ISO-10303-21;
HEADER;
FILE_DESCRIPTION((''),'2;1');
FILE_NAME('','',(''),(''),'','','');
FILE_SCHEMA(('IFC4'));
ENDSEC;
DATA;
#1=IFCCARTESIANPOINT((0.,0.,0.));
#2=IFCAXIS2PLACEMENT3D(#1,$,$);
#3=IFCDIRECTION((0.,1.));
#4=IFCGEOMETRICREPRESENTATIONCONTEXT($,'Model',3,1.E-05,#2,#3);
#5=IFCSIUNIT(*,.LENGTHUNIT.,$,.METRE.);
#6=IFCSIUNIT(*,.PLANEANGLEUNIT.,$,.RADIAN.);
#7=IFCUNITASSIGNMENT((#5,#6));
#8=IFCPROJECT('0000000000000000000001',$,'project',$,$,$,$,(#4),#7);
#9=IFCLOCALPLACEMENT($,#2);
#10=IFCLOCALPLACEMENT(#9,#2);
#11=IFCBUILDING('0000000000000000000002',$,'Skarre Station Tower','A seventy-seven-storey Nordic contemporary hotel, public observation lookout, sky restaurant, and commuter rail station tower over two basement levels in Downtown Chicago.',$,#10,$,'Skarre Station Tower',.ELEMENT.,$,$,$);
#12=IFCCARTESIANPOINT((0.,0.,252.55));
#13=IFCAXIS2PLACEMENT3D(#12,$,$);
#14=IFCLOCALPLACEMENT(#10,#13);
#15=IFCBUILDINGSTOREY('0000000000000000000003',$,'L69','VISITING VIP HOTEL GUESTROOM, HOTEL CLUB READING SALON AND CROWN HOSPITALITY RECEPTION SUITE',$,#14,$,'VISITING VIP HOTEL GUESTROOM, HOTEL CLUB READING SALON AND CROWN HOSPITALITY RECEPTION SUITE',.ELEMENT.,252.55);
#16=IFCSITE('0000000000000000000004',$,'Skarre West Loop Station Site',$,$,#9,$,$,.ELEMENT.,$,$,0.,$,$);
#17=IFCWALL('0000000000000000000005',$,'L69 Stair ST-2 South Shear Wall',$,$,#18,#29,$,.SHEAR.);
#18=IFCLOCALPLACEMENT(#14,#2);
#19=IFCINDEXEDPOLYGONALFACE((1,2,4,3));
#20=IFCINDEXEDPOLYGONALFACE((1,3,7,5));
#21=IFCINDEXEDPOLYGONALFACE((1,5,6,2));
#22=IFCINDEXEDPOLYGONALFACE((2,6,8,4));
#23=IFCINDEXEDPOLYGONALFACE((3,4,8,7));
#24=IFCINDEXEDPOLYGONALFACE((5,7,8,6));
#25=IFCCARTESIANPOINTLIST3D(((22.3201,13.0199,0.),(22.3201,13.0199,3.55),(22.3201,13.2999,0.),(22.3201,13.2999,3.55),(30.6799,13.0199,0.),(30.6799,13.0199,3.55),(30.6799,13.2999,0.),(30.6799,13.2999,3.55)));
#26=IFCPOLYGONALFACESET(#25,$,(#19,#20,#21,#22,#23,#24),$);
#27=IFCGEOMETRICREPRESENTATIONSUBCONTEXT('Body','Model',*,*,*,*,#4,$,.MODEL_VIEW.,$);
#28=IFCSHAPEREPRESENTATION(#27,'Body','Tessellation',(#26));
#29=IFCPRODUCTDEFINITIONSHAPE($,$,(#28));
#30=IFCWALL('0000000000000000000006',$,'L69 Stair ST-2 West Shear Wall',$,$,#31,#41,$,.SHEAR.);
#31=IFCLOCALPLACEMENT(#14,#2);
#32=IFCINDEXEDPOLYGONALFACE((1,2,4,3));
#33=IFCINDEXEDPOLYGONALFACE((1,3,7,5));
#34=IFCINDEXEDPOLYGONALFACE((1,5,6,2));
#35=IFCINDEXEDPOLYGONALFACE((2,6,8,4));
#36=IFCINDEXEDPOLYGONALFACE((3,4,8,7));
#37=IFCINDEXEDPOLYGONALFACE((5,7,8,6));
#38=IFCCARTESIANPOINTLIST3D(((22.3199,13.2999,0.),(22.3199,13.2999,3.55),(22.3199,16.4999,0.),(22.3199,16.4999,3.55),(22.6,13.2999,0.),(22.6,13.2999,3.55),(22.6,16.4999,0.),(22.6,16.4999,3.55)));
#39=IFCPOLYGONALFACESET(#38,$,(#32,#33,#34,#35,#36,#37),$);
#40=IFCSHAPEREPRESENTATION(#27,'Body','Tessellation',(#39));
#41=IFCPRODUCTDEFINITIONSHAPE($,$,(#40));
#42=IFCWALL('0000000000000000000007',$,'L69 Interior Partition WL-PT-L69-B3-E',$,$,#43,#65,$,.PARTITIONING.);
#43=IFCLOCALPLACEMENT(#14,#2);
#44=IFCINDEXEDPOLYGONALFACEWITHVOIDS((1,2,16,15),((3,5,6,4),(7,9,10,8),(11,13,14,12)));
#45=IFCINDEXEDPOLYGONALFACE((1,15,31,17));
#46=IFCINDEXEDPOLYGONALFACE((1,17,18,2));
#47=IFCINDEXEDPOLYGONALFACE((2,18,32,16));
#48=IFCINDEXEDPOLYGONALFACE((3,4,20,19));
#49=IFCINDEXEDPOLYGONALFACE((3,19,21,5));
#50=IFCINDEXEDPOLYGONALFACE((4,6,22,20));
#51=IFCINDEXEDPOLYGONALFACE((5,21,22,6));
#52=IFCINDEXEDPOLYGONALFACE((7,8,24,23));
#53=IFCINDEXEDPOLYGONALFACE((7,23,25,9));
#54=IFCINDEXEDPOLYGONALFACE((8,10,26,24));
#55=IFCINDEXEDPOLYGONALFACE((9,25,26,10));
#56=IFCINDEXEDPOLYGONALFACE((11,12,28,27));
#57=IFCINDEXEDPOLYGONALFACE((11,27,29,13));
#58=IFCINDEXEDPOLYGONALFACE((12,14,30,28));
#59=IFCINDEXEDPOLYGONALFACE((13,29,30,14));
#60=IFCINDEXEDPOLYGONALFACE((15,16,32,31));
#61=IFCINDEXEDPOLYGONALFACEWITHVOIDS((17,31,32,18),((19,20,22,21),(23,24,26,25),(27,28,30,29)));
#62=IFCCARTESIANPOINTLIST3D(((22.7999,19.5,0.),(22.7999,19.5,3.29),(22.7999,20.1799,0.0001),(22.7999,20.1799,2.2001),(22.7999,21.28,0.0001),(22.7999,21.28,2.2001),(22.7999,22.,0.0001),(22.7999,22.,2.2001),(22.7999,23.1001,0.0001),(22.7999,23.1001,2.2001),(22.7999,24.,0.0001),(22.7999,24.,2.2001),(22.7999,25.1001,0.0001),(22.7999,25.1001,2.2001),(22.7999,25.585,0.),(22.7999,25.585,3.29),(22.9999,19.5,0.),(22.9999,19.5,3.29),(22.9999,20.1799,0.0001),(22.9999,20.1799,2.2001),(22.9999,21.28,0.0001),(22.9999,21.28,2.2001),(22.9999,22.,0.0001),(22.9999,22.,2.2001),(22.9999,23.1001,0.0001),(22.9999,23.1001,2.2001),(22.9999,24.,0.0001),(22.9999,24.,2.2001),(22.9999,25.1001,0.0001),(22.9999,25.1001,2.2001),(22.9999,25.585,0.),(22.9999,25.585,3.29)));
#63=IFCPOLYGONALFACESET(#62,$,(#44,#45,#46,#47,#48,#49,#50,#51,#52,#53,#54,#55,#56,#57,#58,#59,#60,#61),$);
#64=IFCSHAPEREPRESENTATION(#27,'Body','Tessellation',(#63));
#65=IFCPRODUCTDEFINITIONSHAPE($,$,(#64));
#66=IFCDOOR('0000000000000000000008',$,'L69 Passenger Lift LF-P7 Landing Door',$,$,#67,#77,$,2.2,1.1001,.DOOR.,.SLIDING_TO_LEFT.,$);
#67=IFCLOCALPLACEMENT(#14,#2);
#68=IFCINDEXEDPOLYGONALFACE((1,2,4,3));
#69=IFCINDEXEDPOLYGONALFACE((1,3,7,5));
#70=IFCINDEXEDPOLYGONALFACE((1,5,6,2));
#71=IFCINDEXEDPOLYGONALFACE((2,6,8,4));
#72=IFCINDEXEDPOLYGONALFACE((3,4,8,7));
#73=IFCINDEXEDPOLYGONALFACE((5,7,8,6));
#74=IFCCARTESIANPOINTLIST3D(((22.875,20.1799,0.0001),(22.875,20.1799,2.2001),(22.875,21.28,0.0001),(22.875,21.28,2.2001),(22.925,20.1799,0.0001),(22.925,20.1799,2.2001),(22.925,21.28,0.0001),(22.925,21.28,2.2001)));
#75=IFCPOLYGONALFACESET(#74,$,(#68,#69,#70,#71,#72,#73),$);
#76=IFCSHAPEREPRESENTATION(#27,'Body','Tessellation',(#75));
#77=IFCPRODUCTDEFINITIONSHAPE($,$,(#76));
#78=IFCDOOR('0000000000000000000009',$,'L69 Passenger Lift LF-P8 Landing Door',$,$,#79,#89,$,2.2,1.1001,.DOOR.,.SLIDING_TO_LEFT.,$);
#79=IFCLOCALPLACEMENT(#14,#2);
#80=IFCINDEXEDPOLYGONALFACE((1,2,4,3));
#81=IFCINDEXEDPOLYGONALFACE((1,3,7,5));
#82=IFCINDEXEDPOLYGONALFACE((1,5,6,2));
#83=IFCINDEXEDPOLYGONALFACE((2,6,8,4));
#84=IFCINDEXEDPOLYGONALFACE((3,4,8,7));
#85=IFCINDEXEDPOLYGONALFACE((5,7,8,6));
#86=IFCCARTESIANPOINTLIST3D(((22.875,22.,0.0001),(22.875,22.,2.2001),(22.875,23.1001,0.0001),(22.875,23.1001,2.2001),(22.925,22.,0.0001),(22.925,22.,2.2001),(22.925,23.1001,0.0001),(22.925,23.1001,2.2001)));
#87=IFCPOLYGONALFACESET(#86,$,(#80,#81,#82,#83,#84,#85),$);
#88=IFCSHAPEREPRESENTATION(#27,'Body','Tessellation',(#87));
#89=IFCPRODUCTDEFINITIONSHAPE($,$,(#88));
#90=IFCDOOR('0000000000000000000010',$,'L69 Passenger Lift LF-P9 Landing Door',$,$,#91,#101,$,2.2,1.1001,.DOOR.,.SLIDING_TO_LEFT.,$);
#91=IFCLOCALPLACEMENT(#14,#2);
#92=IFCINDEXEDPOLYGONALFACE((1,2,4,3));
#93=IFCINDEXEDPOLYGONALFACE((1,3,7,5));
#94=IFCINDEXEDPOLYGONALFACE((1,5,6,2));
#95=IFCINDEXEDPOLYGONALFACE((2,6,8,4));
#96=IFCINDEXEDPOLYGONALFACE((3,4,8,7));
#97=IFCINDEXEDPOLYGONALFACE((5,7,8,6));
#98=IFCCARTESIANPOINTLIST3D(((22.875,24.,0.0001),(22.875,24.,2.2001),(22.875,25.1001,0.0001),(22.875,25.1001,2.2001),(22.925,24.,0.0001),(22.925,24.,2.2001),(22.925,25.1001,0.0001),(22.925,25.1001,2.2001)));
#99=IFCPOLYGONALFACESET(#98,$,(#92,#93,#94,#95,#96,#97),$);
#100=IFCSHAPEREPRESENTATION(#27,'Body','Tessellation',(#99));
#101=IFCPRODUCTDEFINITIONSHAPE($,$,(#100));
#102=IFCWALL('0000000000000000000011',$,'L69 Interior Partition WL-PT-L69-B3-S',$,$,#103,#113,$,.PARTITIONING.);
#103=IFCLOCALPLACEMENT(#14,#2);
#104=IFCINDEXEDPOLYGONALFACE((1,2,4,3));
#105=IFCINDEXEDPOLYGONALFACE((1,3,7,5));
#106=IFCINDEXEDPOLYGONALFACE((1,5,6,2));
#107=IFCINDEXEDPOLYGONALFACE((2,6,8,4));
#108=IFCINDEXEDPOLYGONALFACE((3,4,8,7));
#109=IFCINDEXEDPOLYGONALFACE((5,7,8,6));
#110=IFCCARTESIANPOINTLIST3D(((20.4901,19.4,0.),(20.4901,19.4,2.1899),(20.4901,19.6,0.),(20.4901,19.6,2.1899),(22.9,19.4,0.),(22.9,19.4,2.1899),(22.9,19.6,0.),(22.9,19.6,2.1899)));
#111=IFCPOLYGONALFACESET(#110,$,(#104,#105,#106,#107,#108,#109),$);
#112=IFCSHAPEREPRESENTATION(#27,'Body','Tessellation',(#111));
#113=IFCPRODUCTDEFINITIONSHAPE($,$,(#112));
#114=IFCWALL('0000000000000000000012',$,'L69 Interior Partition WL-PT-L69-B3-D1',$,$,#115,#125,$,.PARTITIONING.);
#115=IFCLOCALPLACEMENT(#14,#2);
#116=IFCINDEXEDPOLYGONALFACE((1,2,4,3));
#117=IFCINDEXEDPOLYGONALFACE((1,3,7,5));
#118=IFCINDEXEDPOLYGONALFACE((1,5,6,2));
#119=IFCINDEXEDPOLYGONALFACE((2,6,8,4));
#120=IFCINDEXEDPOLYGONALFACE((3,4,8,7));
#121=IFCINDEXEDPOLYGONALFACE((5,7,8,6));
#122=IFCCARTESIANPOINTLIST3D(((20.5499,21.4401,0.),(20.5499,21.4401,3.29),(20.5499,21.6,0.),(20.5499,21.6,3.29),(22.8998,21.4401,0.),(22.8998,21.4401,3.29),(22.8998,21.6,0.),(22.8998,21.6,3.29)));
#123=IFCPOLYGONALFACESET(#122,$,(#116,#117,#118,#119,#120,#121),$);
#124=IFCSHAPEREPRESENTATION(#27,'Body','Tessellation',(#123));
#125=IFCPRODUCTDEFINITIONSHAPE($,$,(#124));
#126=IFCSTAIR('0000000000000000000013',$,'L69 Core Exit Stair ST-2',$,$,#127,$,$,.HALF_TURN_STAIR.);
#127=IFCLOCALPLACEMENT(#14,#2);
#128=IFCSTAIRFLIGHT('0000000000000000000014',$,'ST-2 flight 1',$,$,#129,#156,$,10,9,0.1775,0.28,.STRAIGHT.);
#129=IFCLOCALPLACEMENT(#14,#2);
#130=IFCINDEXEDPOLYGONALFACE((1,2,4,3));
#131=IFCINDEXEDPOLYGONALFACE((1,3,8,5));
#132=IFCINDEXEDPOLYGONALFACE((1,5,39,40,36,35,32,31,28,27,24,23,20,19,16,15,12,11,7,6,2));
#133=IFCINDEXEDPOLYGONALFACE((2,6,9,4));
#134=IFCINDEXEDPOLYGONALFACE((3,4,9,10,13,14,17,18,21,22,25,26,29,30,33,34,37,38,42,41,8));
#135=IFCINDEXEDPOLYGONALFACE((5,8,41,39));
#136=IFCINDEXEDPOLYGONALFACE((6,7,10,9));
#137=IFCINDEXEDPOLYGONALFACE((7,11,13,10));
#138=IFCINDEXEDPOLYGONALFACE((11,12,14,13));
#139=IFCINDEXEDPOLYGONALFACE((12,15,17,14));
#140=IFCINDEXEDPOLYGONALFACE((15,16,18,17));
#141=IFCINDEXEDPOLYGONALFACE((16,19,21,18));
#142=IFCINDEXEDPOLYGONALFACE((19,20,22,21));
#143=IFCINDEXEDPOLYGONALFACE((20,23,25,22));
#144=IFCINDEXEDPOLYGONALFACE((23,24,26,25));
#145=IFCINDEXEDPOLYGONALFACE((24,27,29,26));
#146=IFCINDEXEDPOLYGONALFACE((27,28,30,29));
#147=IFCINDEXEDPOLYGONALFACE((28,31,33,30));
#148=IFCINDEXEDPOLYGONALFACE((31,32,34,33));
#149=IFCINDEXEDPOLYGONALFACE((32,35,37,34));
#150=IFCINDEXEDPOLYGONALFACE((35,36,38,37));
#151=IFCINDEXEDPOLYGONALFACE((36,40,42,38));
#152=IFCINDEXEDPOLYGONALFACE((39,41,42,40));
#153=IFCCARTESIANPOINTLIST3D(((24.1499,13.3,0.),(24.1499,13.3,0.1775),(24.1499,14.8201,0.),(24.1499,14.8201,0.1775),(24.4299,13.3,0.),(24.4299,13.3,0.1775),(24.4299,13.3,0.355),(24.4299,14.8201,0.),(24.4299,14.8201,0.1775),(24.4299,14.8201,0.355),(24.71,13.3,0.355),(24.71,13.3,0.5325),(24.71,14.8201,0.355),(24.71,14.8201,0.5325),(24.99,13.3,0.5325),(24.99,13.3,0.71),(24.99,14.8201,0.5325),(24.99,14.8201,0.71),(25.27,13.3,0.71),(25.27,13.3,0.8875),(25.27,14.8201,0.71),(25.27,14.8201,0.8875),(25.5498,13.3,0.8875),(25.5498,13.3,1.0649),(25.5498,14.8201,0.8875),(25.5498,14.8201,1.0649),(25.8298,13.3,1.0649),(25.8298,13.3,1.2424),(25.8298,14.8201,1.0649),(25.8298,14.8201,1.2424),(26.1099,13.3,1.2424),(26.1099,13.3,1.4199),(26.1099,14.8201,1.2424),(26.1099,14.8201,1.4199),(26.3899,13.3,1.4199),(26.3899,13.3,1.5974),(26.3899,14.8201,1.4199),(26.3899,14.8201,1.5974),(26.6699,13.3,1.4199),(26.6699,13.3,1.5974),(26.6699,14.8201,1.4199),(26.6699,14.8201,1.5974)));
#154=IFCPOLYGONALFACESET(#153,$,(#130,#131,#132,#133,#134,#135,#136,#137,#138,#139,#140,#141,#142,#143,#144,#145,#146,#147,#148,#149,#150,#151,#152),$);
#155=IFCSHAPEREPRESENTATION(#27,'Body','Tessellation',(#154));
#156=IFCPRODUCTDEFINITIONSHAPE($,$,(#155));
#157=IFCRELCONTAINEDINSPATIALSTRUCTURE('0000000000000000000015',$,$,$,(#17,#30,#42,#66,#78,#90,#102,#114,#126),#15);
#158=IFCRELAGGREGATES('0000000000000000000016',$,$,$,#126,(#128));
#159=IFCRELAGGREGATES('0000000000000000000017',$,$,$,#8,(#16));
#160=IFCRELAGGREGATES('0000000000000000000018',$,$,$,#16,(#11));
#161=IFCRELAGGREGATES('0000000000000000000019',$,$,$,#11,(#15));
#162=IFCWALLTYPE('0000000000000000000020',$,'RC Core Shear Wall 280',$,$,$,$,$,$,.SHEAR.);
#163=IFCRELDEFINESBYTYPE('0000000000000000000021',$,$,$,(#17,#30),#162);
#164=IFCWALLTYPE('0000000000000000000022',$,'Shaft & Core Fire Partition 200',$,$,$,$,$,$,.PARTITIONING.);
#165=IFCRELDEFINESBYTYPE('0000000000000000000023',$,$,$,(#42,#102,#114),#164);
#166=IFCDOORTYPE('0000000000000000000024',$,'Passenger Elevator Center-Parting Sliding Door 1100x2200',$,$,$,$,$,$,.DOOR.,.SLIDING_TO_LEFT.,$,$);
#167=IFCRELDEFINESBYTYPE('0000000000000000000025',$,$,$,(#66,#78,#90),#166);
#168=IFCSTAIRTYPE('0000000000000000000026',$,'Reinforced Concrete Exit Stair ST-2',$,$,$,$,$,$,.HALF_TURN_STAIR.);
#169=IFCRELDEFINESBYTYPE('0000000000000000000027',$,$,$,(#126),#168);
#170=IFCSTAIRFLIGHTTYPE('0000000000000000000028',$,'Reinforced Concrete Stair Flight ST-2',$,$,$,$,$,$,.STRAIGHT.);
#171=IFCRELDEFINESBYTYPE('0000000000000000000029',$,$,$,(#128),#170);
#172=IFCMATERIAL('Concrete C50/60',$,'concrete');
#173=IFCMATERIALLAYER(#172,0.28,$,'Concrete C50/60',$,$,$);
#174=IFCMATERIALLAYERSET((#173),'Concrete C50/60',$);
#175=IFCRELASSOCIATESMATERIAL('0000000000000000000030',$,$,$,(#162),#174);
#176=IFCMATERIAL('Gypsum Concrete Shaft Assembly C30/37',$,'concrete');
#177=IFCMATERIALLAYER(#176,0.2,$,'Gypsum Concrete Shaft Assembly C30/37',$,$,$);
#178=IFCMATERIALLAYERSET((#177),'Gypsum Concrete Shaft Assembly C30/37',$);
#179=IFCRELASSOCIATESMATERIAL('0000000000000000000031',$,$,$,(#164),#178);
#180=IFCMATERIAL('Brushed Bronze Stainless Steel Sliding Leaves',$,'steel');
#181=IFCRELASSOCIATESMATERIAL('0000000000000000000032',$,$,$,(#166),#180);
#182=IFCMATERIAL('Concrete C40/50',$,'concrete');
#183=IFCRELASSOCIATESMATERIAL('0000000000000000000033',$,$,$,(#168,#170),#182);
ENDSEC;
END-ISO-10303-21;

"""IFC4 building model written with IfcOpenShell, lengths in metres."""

from ifc_helpers import new_model, si_unit, direction, frame, frame_2d, origin, place, context, subcontext, project, spatial, polyline, rectangle, outline, extrude, material, layer, layer_set, type_object, element, fill, aggregate, save


model = new_model("IFC4")

# Units and contexts
model_context = context("Model", 3, precision=1e-05, world=origin(), true_north=direction((0.0, 1.0)))
body_context = subcontext(model_context, "Body", "Model", "MODEL_VIEW")
ifc_project = project(units=[si_unit("LENGTHUNIT", "METRE"), si_unit("PLANEANGLEUNIT", "RADIAN")], contexts=[model_context])

# Site, building, storey
site_placement = place(None, origin())
site = spatial("IfcSite", under=ifc_project, at=site_placement, Name="Skarre West Loop Station Site", CompositionType="ELEMENT", RefElevation=0.0)
building_placement = place(site_placement, origin())
building = spatial("IfcBuilding", under=site, at=building_placement, Name="Skarre Station Tower", Description="A seventy-seven-storey Nordic contemporary hotel, public observation lookout, sky restaurant, and commuter rail station tower over two basement levels in Downtown Chicago.", LongName="Skarre Station Tower", CompositionType="ELEMENT")
storey_placement = place(building_placement, frame((0.0, 0.0, 252.55)))
storey = spatial("IfcBuildingStorey", under=building, at=storey_placement, Name="L69", Description="VISITING VIP HOTEL GUESTROOM, HOTEL CLUB READING SALON AND CROWN HOSPITALITY RECEPTION SUITE", LongName="VISITING VIP HOTEL GUESTROOM, HOTEL CLUB READING SALON AND CROWN HOSPITALITY RECEPTION SUITE", CompositionType="ELEMENT", Elevation=252.55)

# Shared definitions
ifc_material_1 = material(Name="Concrete C50/60", Category="concrete")

# Shared definitions
ifc_layer_1 = layer(ifc_material_1, 0.28, Name="Concrete C50/60")
ifc_layer_set_1 = layer_set([ifc_layer_1], Name="Concrete C50/60")
wall_type_1 = type_object("IfcWallType", Name="RC Core Shear Wall 280", PredefinedType="SHEAR", material=ifc_layer_set_1)

# Walls
wall_1_placement = place(storey_placement, frame((22.3201, 13.1599, 0.0), z_axis=(0.0, 0.0, 1.0), x_axis=(1.0, 0.0, 0.0)))
element("IfcWall", 1, at=wall_1_placement, inside=storey, type_object=wall_type_1, Name="L69 Stair ST-2 South Shear Wall", PredefinedType="SHEAR", context=body_context, shape_type="SweptSolid", body=[
    extrude(rectangle(XDim=8.3599, YDim=0.28, at=frame_2d((4.1799, 0.0))), origin(), (0.0, 0.0, 1.0), 3.55),
])
wall_2_placement = place(storey_placement, frame((22.46, 16.5, 0.0), z_axis=(0.0, 0.0, 1.0), x_axis=(0.0, -1.0, 0.0)))
element("IfcWall", 2, at=wall_2_placement, inside=storey, type_object=wall_type_1, Name="L69 Stair ST-2 West Shear Wall", PredefinedType="SHEAR", context=body_context, shape_type="SweptSolid", body=[
    extrude(rectangle(XDim=3.2, YDim=0.28, at=frame_2d((1.6001, 0.0))), origin(), (0.0, 0.0, 1.0), 3.55),
])

# Wall, openings, doors
ifc_material_2 = material(Name="Gypsum Concrete Shaft Assembly C30/37", Category="concrete")
ifc_layer_2 = layer(ifc_material_2, 0.2, Name="Gypsum Concrete Shaft Assembly C30/37")
ifc_layer_set_2 = layer_set([ifc_layer_2], Name="Gypsum Concrete Shaft Assembly C30/37")
wall_type_2 = type_object("IfcWallType", Name="Shaft & Core Fire Partition 200", PredefinedType="PARTITIONING", material=ifc_layer_set_2)
wall_3_placement = place(storey_placement, frame((22.8999, 19.5, 0.0), z_axis=(0.0, 0.0, 1.0), x_axis=(0.0, 1.0, 0.0)))
wall_3 = element("IfcWall", 3, at=wall_3_placement, inside=storey, type_object=wall_type_2, Name="L69 Interior Partition WL-PT-L69-B3-E", PredefinedType="PARTITIONING", context=body_context, shape_type="SweptSolid", body=[
    extrude(rectangle(XDim=6.085, YDim=0.2, at=frame_2d((3.0425, 0.0))), origin(), (0.0, 0.0, 1.0), 3.29),
])
opening_1_placement = place(wall_3_placement, frame((0.6799, 0.0, 0.0)))
opening_1 = element("IfcOpeningElement", 4, at=opening_1_placement, cuts=wall_3, PredefinedType="OPENING", context=body_context, shape_type="SweptSolid", body=[
    extrude(rectangle(XDim=1.1001, YDim=2.2, at=frame_2d((0.55, 1.1001))), frame((0.0, 0.1099, 0.0), z_axis=(0.0, -1.0, 0.0), x_axis=(1.0, 0.0, 0.0)), (0.0, 0.0, 1.0), 0.22),
])
opening_2_placement = place(wall_3_placement, frame((2.5, 0.0, 0.0)))
opening_2 = element("IfcOpeningElement", 5, at=opening_2_placement, cuts=wall_3, PredefinedType="OPENING", context=body_context, shape_type="SweptSolid", body=[
    extrude(rectangle(XDim=1.1001, YDim=2.2, at=frame_2d((0.55, 1.1001))), frame((0.0, 0.1099, 0.0), z_axis=(0.0, -1.0, 0.0), x_axis=(1.0, 0.0, 0.0)), (0.0, 0.0, 1.0), 0.22),
])
opening_3_placement = place(wall_3_placement, frame((4.5, 0.0, 0.0)))
opening_3 = element("IfcOpeningElement", 6, at=opening_3_placement, cuts=wall_3, PredefinedType="OPENING", context=body_context, shape_type="SweptSolid", body=[
    extrude(rectangle(XDim=1.1001, YDim=2.2, at=frame_2d((0.55, 1.1001))), frame((0.0, 0.1099, 0.0), z_axis=(0.0, -1.0, 0.0), x_axis=(1.0, 0.0, 0.0)), (0.0, 0.0, 1.0), 0.22),
])
ifc_material_3 = material(Name="Brushed Bronze Stainless Steel Sliding Leaves", Category="steel")
door_type_1 = type_object("IfcDoorType", Name="Passenger Elevator Center-Parting Sliding Door 1100x2200", OperationType="SLIDING_TO_LEFT", PredefinedType="DOOR", material=ifc_material_3)
door_1_placement = place(opening_1_placement, origin())
door_1 = element("IfcDoor", 7, at=door_1_placement, inside=storey, type_object=door_type_1, Name="L69 Passenger Lift LF-P7 Landing Door", OperationType="SLIDING_TO_LEFT", OverallHeight=2.2, OverallWidth=1.1001, PredefinedType="DOOR", context=body_context, shape_type="SweptSolid", body=[
    extrude(rectangle(XDim=1.1001, YDim=2.2, at=frame_2d((0.55, 1.1001))), frame((0.0, 0.0249, 0.0), z_axis=(0.0, -1.0, 0.0), x_axis=(1.0, 0.0, 0.0)), (0.0, 0.0, 1.0), 0.05),
])
fill(opening_1, door_1)
door_2_placement = place(opening_2_placement, origin())
door_2 = element("IfcDoor", 8, at=door_2_placement, inside=storey, type_object=door_type_1, Name="L69 Passenger Lift LF-P8 Landing Door", OperationType="SLIDING_TO_LEFT", OverallHeight=2.2, OverallWidth=1.1001, PredefinedType="DOOR", context=body_context, shape_type="SweptSolid", body=[
    extrude(rectangle(XDim=1.1001, YDim=2.2, at=frame_2d((0.55, 1.1001))), frame((0.0, 0.0249, 0.0), z_axis=(0.0, -1.0, 0.0), x_axis=(1.0, 0.0, 0.0)), (0.0, 0.0, 1.0), 0.05),
])
fill(opening_2, door_2)
door_3_placement = place(opening_3_placement, origin())
door_3 = element("IfcDoor", 9, at=door_3_placement, inside=storey, type_object=door_type_1, Name="L69 Passenger Lift LF-P9 Landing Door", OperationType="SLIDING_TO_LEFT", OverallHeight=2.2, OverallWidth=1.1001, PredefinedType="DOOR", context=body_context, shape_type="SweptSolid", body=[
    extrude(rectangle(XDim=1.1001, YDim=2.2, at=frame_2d((0.55, 1.1001))), frame((0.0, 0.0249, 0.0), z_axis=(0.0, -1.0, 0.0), x_axis=(1.0, 0.0, 0.0)), (0.0, 0.0, 1.0), 0.05),
])
fill(opening_3, door_3)

# Walls
wall_4_placement = place(storey_placement, frame((20.49, 19.5, 0.0), z_axis=(0.0, 0.0, 1.0), x_axis=(1.0, 0.0, 0.0)))
element("IfcWall", 10, at=wall_4_placement, inside=storey, type_object=wall_type_2, Name="L69 Interior Partition WL-PT-L69-B3-S", PredefinedType="PARTITIONING", context=body_context, shape_type="SweptSolid", body=[
    extrude(rectangle(XDim=2.4099, YDim=0.2, at=frame_2d((1.2051, 0.0))), origin(), (0.0, 0.0, 1.0), 2.1899),
])
wall_5_placement = place(storey_placement, frame((20.55, 21.52, 0.0), z_axis=(0.0, 0.0, 1.0), x_axis=(1.0, 0.0, 0.0)))
element("IfcWall", 11, at=wall_5_placement, inside=storey, type_object=wall_type_2, Name="L69 Interior Partition WL-PT-L69-B3-D1", PredefinedType="PARTITIONING", context=body_context, shape_type="SweptSolid", body=[
    extrude(rectangle(XDim=2.3499, YDim=0.1599, at=frame_2d((1.1748, 0.0))), origin(), (0.0, 0.0, 1.0), 3.29),
])

# Stair, stair flight
ifc_material_4 = material(Name="Concrete C40/50", Category="concrete")
stair_type = type_object("IfcStairType", Name="Reinforced Concrete Exit Stair ST-2", PredefinedType="HALF_TURN_STAIR", material=ifc_material_4)
stair_placement = place(storey_placement, origin())
stair = element("IfcStair", 12, at=stair_placement, inside=storey, type_object=stair_type, Name="L69 Core Exit Stair ST-2", PredefinedType="HALF_TURN_STAIR")
stair_flight_type = type_object("IfcStairFlightType", Name="Reinforced Concrete Stair Flight ST-2", PredefinedType="STRAIGHT", material=ifc_material_4)
stair_flight_1_placement = place(storey_placement, frame((24.1499, 14.0601, 0.0), z_axis=(0.0, 0.0, 1.0), x_axis=(1.0, 0.0, 0.0)))
stair_flight_1 = element("IfcStairFlight", 13, at=stair_flight_1_placement, type_object=stair_flight_type, Name="ST-2 flight 1", NumberOfRisers=10, NumberOfTreads=9, PredefinedType="STRAIGHT", RiserHeight=0.1775, TreadLength=0.28, context=body_context, shape_type="SweptSolid", body=[
    extrude(outline(polyline([(0.0, 0.0), (0.0, 0.1775), (0.28, 0.1775), (0.28, 0.355), (0.5601, 0.355), (0.5601, 0.5325), (0.8401, 0.5325), (0.8401, 0.71), (1.1201, 0.71), (1.1201, 0.8875), (1.3999, 0.8875), (1.3999, 1.0649), (1.6799, 1.0649), (1.6799, 1.2424), (1.96, 1.2424), (1.96, 1.4199), (2.24, 1.4199), (2.24, 1.5974), (2.52, 1.5974), (2.52, 1.7749), (2.52, 1.4199), (0.28, 0.0), (0.0, 0.0)])), frame((0.0, 0.76, 0.0), z_axis=(0.0, -1.0, 0.0), x_axis=(1.0, 0.0, 0.0)), (0.0, 0.0, 1.0), 1.52),
])
aggregate(stair, [stair_flight_1])

save(model, "model.ifc")
